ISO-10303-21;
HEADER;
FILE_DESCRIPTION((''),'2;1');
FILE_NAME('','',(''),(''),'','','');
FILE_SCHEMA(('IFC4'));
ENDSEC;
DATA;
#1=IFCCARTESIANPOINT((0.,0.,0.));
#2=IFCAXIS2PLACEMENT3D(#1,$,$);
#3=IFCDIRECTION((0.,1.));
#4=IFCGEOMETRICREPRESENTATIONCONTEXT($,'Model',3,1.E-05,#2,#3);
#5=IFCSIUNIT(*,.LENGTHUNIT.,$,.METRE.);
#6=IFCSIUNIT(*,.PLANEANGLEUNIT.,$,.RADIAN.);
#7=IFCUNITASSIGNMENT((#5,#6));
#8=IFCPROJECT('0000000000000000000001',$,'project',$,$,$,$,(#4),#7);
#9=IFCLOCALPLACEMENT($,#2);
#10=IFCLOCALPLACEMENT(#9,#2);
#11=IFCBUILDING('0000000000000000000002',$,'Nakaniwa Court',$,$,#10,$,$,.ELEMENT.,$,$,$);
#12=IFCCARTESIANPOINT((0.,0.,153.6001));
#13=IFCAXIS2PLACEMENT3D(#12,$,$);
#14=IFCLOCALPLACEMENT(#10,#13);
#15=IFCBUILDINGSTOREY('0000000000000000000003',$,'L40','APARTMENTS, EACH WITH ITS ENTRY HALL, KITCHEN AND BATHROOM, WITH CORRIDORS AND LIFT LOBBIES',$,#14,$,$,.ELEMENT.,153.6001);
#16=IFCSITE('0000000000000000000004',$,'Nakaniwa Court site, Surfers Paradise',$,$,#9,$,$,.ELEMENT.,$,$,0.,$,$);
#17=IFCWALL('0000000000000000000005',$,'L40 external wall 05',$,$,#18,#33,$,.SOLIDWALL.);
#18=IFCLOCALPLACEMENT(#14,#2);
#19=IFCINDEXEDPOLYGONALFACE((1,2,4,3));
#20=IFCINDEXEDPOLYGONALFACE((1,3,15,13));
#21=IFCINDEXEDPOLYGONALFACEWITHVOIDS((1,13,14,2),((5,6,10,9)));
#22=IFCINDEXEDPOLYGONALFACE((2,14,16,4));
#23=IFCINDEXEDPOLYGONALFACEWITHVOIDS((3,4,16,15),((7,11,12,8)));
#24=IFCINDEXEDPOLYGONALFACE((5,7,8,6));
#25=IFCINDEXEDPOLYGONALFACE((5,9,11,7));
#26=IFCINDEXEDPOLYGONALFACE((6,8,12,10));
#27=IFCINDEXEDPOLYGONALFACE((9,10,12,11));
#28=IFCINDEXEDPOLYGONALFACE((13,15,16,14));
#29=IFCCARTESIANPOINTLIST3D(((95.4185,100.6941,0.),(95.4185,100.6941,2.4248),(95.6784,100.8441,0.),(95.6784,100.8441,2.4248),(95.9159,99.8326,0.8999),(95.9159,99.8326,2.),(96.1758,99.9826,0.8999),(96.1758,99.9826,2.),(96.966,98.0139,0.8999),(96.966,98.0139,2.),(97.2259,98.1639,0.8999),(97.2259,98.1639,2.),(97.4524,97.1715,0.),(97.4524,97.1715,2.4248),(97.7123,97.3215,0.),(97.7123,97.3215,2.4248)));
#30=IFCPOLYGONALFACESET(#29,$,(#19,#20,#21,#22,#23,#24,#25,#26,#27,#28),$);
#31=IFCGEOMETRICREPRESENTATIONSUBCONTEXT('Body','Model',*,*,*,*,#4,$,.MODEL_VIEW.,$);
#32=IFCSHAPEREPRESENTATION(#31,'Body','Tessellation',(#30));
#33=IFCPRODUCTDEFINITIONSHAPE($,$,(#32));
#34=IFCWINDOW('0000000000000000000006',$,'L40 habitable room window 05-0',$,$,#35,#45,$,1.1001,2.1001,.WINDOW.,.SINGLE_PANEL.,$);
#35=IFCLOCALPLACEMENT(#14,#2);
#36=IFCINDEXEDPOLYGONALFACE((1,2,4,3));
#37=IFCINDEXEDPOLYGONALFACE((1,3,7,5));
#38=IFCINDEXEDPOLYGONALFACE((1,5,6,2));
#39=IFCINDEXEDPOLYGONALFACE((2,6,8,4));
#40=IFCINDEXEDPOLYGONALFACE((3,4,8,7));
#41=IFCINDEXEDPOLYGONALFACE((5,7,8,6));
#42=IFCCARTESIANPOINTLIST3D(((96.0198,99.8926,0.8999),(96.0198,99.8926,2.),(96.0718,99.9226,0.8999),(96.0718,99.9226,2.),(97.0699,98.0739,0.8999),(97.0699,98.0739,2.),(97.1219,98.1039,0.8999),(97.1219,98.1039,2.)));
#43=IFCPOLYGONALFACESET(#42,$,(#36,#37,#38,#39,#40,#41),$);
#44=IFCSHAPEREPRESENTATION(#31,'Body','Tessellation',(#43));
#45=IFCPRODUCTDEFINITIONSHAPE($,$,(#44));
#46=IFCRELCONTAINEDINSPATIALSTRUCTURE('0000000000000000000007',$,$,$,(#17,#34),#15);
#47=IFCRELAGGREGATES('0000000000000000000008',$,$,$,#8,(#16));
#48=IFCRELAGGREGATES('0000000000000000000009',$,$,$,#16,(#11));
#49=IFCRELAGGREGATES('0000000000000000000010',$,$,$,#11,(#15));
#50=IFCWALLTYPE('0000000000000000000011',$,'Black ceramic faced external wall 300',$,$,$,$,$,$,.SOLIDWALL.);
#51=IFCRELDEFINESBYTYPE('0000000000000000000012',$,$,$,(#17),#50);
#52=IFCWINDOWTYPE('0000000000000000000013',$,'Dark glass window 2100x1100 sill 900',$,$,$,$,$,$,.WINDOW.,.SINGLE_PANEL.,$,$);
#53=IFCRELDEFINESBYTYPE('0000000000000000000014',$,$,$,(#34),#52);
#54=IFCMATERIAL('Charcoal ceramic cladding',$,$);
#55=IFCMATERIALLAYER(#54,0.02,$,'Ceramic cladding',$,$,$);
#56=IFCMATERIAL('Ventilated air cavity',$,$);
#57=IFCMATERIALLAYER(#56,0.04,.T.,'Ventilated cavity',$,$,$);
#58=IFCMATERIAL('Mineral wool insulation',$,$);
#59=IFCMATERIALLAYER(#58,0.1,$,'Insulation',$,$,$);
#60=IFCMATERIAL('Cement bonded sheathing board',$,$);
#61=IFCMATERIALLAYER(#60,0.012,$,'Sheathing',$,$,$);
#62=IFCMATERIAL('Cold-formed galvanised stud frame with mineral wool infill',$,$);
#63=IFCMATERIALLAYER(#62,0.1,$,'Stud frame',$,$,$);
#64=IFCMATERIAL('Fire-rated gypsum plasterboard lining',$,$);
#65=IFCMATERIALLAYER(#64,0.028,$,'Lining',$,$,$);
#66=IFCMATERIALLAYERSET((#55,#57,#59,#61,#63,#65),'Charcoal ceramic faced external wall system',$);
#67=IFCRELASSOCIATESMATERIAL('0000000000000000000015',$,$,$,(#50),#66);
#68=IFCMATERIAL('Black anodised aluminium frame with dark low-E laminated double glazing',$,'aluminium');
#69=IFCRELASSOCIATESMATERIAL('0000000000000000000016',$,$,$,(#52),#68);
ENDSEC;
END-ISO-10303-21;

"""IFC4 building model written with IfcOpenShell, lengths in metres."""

from ifc_helpers import new_model, si_unit, direction, frame, frame_2d, origin, place, context, subcontext, project, spatial, rectangle, extrude, material, layer, layer_set, type_object, element, fill, save


model = new_model("IFC4")

# Units and contexts
model_context = context("Model", 3, precision=1e-05, world=origin(), true_north=direction((0.0, 1.0)))
body_context = subcontext(model_context, "Body", "Model", "MODEL_VIEW")
ifc_project = project(units=[si_unit("LENGTHUNIT", "METRE"), si_unit("PLANEANGLEUNIT", "RADIAN")], contexts=[model_context])

# Site, building, storey
site_placement = place(None, origin())
site = spatial("IfcSite", under=ifc_project, at=site_placement, Name="Nakaniwa Court site, Surfers Paradise", CompositionType="ELEMENT", RefElevation=0.0)
building_placement = place(site_placement, origin())
building = spatial("IfcBuilding", under=site, at=building_placement, Name="Nakaniwa Court", CompositionType="ELEMENT")
storey_placement = place(building_placement, frame((0.0, 0.0, 153.6001)))
storey = spatial("IfcBuildingStorey", under=building, at=storey_placement, Name="L40", Description="APARTMENTS, EACH WITH ITS ENTRY HALL, KITCHEN AND BATHROOM, WITH CORRIDORS AND LIFT LOBBIES", CompositionType="ELEMENT", Elevation=153.6001)

# Wall, opening, window
ifc_material_1 = material(Name="Charcoal ceramic cladding")
ifc_layer_1 = layer(ifc_material_1, 0.02, Name="Ceramic cladding")
ifc_material_2 = material(Name="Ventilated air cavity")
ifc_layer_2 = layer(ifc_material_2, 0.04, ventilated=True, Name="Ventilated cavity")
ifc_material_3 = material(Name="Mineral wool insulation")
ifc_layer_3 = layer(ifc_material_3, 0.1, Name="Insulation")
ifc_material_4 = material(Name="Cement bonded sheathing board")
ifc_layer_4 = layer(ifc_material_4, 0.012, Name="Sheathing")
ifc_material_5 = material(Name="Cold-formed galvanised stud frame with mineral wool infill")
ifc_layer_5 = layer(ifc_material_5, 0.1, Name="Stud frame")
ifc_material_6 = material(Name="Fire-rated gypsum plasterboard lining")
ifc_layer_6 = layer(ifc_material_6, 0.028, Name="Lining")
ifc_layer_set_1 = layer_set([ifc_layer_1, ifc_layer_2, ifc_layer_3, ifc_layer_4, ifc_layer_5, ifc_layer_6], Name="Charcoal ceramic faced external wall system")
wall_type_1 = type_object("IfcWallType", Name="Black ceramic faced external wall 300", PredefinedType="SOLIDWALL", material=ifc_layer_set_1)
ifc_material_7 = material(Name="Black anodised aluminium frame with dark low-E laminated double glazing", Category="aluminium")
window_type = type_object("IfcWindowType", Name="Dark glass window 2100x1100 sill 900", PartitioningType="SINGLE_PANEL", PredefinedType="WINDOW", material=ifc_material_7)
wall_1_placement = place(storey_placement, frame((97.5823, 97.2466, 0.0), z_axis=(0.0, 0.0, 1.0), x_axis=(-0.500019, 0.866015, 0.0)))
wall_1 = element("IfcWall", 1, at=wall_1_placement, inside=storey, type_object=wall_type_1, Name="L40 external wall 05", PredefinedType="SOLIDWALL", context=body_context, shape_type="SweptSolid", body=[
    extrude(rectangle(XDim=4.0676, YDim=0.3, at=frame_2d((2.0337, 0.0))), origin(), (0.0, 0.0, 1.0), 2.4248),
])
opening_1_placement = place(wall_1_placement, frame((0.9727, 0.0, 0.8999)))
opening_1 = element("IfcOpeningElement", 2, at=opening_1_placement, cuts=wall_1, PredefinedType="OPENING", context=body_context, shape_type="SweptSolid", body=[
    extrude(rectangle(XDim=2.1001, YDim=1.1001, at=frame_2d((1.05, 0.55))), frame((0.0, 0.1599, 0.0), z_axis=(0.0, -1.0, 0.0), x_axis=(1.0, 0.0, 0.0)), (0.0, 0.0, 1.0), 0.3201),
])
window_1_placement = place(opening_1_placement, origin())
window_1 = element("IfcWindow", 3, at=window_1_placement, inside=storey, type_object=window_type, Name="L40 habitable room window 05-0", OverallHeight=1.1001, OverallWidth=2.1001, PartitioningType="SINGLE_PANEL", PredefinedType="WINDOW", context=body_context, shape_type="SweptSolid", body=[
    extrude(rectangle(XDim=2.1001, YDim=1.1001, at=frame_2d((1.05, 0.55))), frame((0.0, 0.03, 0.0), z_axis=(0.0, -1.0, 0.0), x_axis=(1.0, 0.0, 0.0)), (0.0, 0.0, 1.0), 0.0601),
])
fill(opening_1, window_1)

save(model, "model.ifc")
